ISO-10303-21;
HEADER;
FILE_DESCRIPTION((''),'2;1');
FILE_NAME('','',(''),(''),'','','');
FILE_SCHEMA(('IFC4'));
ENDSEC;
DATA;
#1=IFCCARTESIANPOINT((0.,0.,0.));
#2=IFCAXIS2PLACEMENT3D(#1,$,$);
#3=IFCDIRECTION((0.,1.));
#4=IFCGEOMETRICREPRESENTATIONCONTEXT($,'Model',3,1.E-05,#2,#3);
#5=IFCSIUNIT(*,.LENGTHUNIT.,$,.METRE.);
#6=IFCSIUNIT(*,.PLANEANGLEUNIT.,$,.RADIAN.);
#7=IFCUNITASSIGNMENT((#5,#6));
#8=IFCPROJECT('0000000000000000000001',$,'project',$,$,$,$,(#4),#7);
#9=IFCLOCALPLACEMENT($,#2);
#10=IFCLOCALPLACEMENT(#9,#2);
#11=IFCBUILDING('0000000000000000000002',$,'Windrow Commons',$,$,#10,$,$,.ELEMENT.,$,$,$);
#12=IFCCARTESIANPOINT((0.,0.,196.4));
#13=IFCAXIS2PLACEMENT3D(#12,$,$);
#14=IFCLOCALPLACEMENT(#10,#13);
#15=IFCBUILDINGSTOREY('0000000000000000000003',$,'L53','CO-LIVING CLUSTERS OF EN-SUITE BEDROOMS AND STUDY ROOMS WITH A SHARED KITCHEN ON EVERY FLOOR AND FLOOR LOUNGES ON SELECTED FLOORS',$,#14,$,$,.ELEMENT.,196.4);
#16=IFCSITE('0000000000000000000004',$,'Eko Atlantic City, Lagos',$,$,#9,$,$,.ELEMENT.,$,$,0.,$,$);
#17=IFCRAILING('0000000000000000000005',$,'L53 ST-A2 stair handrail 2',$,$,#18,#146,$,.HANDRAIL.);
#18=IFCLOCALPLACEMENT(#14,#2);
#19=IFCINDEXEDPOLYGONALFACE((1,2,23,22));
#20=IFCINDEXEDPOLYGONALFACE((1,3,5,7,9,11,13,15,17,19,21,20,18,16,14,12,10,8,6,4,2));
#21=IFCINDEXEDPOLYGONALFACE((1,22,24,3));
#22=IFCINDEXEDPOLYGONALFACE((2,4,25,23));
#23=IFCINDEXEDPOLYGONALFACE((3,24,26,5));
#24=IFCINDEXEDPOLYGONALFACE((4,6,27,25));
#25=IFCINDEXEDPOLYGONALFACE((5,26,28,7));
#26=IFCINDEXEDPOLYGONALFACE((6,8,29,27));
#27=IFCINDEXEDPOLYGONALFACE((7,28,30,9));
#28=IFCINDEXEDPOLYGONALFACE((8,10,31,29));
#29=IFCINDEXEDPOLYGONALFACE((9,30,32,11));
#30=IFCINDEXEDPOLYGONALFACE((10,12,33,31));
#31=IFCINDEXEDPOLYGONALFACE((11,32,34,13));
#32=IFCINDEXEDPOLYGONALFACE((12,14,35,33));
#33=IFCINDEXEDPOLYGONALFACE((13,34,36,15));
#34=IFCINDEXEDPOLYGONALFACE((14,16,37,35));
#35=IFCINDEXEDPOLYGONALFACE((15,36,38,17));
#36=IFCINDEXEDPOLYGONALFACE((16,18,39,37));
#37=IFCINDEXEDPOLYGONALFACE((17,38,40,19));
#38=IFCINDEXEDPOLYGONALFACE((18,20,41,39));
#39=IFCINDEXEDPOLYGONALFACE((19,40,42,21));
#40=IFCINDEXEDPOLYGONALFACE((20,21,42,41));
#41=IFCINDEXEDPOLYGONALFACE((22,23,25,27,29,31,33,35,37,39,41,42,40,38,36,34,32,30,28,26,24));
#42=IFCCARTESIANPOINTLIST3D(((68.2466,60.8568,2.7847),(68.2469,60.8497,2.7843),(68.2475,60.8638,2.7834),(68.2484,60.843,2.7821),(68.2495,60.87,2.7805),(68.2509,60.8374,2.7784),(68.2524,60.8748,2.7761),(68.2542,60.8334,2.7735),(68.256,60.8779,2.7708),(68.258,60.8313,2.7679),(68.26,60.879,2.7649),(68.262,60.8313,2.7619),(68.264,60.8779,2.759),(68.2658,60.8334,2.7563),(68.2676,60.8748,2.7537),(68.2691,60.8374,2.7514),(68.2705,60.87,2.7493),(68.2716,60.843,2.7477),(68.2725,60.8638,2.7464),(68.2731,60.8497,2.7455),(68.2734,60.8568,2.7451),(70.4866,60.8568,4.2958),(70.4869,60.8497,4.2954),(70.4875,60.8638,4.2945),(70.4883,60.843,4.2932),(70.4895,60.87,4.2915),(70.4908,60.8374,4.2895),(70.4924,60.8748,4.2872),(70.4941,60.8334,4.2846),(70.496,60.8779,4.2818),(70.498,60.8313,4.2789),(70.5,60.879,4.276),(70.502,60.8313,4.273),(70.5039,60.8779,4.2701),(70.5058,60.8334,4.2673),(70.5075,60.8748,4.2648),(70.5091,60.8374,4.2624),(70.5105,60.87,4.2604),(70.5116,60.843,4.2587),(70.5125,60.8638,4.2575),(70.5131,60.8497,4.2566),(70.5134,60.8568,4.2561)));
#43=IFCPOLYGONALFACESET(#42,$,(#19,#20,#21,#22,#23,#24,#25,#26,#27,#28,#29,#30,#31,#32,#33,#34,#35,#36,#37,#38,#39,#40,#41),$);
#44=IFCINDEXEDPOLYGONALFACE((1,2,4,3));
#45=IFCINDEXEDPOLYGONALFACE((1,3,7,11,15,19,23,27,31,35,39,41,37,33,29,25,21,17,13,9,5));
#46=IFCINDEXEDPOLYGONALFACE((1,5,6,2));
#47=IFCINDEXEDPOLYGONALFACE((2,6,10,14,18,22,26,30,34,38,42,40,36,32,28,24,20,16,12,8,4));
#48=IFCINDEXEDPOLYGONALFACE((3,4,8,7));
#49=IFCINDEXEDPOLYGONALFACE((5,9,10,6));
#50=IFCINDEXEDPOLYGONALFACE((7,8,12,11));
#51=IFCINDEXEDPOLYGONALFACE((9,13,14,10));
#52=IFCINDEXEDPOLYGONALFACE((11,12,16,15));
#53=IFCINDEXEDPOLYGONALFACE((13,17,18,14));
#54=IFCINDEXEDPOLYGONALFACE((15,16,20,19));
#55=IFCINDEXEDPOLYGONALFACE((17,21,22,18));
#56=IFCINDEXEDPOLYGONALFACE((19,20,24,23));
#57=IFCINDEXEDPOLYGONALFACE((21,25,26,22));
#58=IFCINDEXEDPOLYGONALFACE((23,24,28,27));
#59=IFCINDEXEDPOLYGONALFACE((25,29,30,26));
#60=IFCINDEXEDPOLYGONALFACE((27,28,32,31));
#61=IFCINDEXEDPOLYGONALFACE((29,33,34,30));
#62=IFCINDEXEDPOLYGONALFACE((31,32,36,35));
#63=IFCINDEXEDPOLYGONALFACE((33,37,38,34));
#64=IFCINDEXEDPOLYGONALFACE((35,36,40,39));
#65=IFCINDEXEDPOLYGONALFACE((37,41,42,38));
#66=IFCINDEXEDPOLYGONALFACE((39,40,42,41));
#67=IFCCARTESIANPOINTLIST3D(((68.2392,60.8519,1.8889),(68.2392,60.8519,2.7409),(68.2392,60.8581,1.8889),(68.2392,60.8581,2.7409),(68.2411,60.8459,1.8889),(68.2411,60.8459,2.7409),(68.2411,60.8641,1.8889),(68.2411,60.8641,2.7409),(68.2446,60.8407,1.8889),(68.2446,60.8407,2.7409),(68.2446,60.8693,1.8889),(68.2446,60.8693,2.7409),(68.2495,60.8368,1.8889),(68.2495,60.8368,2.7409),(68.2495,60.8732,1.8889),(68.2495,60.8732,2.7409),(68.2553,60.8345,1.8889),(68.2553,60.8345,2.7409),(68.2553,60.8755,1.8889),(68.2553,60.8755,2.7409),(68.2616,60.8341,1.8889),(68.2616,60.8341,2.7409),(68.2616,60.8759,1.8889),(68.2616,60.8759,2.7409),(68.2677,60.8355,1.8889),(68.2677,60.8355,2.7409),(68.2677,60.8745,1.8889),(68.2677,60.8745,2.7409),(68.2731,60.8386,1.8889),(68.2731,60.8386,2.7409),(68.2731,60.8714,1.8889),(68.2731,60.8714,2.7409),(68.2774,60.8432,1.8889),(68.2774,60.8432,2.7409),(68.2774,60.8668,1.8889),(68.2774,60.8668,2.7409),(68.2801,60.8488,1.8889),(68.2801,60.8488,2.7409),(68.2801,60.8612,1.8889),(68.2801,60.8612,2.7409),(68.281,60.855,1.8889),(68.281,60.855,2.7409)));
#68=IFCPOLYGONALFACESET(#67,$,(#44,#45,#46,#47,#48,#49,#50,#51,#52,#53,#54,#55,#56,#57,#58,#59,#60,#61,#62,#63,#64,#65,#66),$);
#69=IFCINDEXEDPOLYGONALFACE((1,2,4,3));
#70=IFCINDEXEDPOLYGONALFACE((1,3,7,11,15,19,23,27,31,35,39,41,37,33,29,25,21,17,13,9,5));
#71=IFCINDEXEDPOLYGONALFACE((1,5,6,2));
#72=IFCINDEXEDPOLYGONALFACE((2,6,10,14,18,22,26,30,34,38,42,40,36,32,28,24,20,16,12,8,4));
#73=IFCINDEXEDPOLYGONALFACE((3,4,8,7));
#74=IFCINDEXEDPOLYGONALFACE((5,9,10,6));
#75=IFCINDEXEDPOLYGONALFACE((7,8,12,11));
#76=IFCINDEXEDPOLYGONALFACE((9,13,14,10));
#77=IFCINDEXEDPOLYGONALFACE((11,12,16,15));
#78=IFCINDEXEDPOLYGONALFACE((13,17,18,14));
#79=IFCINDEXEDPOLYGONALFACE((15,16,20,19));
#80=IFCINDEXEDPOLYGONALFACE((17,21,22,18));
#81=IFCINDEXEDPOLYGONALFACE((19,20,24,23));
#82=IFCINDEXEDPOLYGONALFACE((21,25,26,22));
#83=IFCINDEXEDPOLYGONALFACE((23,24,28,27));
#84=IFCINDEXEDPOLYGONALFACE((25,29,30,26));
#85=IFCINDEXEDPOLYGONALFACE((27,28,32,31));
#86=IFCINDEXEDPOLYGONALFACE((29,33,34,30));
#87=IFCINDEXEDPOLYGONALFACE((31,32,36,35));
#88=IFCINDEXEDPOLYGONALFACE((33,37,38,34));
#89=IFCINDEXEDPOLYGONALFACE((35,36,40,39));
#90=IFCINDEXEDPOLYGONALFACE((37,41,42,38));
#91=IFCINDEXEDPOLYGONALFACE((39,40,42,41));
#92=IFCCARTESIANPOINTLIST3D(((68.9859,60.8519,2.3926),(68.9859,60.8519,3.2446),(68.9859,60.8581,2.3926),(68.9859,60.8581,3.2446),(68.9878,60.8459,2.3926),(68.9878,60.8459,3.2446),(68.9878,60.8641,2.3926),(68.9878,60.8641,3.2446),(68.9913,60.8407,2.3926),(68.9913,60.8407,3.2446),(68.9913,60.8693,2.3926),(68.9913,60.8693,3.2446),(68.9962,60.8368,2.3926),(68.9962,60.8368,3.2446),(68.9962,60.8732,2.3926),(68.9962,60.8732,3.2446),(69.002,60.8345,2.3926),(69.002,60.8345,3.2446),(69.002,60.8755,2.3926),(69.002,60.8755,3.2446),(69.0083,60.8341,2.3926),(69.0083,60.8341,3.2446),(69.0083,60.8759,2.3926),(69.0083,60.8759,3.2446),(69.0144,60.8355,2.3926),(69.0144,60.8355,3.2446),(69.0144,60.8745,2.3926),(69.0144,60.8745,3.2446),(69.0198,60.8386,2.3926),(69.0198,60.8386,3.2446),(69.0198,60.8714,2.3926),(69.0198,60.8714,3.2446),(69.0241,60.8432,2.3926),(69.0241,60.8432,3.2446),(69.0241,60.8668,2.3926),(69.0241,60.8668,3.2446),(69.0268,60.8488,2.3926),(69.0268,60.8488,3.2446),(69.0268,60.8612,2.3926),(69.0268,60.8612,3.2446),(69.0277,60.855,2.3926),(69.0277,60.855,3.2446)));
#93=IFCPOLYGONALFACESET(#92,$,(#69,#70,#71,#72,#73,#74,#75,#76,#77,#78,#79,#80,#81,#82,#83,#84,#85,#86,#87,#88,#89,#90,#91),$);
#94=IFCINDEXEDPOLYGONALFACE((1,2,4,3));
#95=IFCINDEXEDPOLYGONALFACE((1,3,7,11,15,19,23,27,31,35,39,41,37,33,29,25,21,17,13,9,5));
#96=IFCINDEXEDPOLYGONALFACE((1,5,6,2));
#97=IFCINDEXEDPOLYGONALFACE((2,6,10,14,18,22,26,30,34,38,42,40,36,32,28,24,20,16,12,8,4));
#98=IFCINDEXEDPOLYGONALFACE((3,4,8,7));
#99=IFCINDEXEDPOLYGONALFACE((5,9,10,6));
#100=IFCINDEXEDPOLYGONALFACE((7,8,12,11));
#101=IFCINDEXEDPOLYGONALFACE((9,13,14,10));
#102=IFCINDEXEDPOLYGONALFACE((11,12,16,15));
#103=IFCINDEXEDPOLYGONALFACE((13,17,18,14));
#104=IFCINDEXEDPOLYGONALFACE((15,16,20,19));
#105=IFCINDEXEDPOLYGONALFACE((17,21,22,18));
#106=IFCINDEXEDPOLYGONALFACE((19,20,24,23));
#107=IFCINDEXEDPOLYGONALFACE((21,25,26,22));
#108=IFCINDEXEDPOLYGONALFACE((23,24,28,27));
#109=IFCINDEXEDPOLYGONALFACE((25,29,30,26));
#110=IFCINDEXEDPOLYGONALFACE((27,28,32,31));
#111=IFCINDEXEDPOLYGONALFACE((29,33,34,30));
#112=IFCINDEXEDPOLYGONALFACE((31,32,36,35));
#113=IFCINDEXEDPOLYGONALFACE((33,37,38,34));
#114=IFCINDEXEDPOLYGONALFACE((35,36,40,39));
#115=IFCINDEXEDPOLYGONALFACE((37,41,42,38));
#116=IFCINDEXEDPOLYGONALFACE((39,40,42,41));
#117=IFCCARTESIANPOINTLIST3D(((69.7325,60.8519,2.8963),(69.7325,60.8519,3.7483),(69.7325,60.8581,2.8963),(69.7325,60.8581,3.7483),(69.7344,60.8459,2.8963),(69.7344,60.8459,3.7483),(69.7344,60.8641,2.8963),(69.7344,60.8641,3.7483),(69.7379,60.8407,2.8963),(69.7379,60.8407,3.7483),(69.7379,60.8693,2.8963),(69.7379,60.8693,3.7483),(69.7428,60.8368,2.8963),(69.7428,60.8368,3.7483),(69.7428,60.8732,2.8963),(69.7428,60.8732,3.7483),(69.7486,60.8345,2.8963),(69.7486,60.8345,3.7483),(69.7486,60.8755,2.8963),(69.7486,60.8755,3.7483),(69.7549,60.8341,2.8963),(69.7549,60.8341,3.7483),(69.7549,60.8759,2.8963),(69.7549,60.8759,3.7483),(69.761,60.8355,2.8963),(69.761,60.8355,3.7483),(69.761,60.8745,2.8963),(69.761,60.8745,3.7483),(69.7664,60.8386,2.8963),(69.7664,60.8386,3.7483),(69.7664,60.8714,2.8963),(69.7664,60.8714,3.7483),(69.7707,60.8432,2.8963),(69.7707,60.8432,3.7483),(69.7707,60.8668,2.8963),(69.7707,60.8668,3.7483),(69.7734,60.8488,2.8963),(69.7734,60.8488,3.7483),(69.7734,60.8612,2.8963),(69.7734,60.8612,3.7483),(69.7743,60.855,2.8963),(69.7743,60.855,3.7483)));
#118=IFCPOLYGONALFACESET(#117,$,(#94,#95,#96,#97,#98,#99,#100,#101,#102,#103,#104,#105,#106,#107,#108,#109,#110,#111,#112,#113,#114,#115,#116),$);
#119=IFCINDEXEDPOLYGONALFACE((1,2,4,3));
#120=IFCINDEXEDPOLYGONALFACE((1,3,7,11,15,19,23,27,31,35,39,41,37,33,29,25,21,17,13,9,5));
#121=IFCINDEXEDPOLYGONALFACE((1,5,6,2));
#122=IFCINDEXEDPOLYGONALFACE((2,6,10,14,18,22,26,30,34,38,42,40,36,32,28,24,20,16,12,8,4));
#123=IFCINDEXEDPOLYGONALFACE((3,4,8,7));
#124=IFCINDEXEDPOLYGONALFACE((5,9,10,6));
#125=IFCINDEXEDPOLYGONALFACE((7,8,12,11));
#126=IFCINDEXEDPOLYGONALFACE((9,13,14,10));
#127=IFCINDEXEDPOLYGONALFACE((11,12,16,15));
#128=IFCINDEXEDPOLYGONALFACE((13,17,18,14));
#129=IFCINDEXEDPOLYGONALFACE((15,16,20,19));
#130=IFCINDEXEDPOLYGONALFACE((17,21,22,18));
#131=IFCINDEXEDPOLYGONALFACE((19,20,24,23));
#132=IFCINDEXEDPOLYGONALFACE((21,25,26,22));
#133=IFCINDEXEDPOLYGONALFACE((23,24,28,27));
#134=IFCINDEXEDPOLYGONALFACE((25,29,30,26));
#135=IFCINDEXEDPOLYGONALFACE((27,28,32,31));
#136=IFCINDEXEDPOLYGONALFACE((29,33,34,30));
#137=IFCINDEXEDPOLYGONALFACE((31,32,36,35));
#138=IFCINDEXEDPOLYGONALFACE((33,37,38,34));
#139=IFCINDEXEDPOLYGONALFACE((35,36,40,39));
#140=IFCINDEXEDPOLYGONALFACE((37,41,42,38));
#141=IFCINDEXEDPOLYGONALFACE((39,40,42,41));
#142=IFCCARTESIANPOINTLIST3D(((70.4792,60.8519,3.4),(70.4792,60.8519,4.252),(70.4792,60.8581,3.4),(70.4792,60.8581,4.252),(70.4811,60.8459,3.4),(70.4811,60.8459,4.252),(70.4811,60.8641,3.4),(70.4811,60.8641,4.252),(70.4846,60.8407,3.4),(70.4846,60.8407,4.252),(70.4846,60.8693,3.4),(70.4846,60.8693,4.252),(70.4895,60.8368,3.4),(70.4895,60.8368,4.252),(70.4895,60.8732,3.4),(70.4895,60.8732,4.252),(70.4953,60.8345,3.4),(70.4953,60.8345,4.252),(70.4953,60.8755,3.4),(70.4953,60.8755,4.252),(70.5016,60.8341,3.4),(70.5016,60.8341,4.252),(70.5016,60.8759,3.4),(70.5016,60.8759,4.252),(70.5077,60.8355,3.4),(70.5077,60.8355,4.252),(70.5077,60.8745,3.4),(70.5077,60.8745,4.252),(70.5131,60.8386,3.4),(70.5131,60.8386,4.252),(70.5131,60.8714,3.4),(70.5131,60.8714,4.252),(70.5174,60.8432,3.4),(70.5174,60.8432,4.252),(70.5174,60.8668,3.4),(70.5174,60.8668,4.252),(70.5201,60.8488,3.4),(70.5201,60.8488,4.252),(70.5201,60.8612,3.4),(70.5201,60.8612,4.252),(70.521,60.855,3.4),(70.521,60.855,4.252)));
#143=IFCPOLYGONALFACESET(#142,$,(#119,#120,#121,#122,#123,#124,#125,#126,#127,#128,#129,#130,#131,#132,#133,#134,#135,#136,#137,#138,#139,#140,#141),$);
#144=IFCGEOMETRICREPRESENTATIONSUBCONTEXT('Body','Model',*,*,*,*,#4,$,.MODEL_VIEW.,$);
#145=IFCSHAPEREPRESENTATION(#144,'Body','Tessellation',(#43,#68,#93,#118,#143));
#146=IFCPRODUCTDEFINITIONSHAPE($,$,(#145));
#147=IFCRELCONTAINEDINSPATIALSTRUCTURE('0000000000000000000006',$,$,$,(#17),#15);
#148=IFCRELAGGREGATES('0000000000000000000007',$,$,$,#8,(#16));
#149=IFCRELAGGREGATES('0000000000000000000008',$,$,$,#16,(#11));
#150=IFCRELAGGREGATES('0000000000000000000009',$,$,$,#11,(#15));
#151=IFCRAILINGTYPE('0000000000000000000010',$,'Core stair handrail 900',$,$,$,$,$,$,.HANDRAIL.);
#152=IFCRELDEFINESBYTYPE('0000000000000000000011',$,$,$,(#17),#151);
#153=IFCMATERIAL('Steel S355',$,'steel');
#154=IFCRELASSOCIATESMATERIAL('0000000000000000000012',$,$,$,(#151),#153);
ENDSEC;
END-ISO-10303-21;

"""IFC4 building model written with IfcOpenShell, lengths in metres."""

from ifc_helpers import new_model, si_unit, direction, frame, origin, origin_2d, place, context, subcontext, project, spatial, circle, extrude, material, type_object, element, save


model = new_model("IFC4")

# Units and contexts
model_context = context("Model", 3, precision=1e-05, world=origin(), true_north=direction((0.0, 1.0)))
body_context = subcontext(model_context, "Body", "Model", "MODEL_VIEW")
ifc_project = project(units=[si_unit("LENGTHUNIT", "METRE"), si_unit("PLANEANGLEUNIT", "RADIAN")], contexts=[model_context])

# Site, building, storey
site_placement = place(None, origin())
site = spatial("IfcSite", under=ifc_project, at=site_placement, Name="Eko Atlantic City, Lagos", CompositionType="ELEMENT", RefElevation=0.0)
building_placement = place(site_placement, origin())
building = spatial("IfcBuilding", under=site, at=building_placement, Name="Windrow Commons", CompositionType="ELEMENT")
storey_placement = place(building_placement, frame((0.0, 0.0, 196.4)))
storey = spatial("IfcBuildingStorey", under=building, at=storey_placement, Name="L53", Description="CO-LIVING CLUSTERS OF EN-SUITE BEDROOMS AND STUDY ROOMS WITH A SHARED KITCHEN ON EVERY FLOOR AND FLOOR LOUNGES ON SELECTED FLOORS", CompositionType="ELEMENT", Elevation=196.4)

# Railing
ifc_material_1 = material(Name="Steel S355", Category="steel")
railing_type_1 = type_object("IfcRailingType", Name="Core stair handrail 900", PredefinedType="HANDRAIL", material=ifc_material_1)
railing_1_placement = place(storey_placement, frame((68.26, 60.855, 1.8889)))
element("IfcRailing", 1, at=railing_1_placement, inside=storey, type_object=railing_type_1, Name="L53 ST-A2 stair handrail 2", PredefinedType="HANDRAIL", context=body_context, shape_type="SweptSolid", body=[
    extrude(circle(Radius=0.024, at=origin_2d()), frame((0.0, 0.0, 0.876), z_axis=(0.829003, 0.0, 0.559244), x_axis=(0.0, 1.0, 0.0)), (0.0, 0.0, 1.0), 2.702),
    extrude(circle(Radius=0.021, at=origin_2d()), origin(), (0.0, 0.0, 1.0), 0.852),
    extrude(circle(Radius=0.021, at=origin_2d()), frame((0.7467, 0.0, 0.5037)), (0.0, 0.0, 1.0), 0.852),
    extrude(circle(Radius=0.021, at=origin_2d()), frame((1.4933, 0.0, 1.0074)), (0.0, 0.0, 1.0), 0.852),
    extrude(circle(Radius=0.021, at=origin_2d()), frame((2.24, 0.0, 1.5111)), (0.0, 0.0, 1.0), 0.852),
])

save(model, "model.ifc")
